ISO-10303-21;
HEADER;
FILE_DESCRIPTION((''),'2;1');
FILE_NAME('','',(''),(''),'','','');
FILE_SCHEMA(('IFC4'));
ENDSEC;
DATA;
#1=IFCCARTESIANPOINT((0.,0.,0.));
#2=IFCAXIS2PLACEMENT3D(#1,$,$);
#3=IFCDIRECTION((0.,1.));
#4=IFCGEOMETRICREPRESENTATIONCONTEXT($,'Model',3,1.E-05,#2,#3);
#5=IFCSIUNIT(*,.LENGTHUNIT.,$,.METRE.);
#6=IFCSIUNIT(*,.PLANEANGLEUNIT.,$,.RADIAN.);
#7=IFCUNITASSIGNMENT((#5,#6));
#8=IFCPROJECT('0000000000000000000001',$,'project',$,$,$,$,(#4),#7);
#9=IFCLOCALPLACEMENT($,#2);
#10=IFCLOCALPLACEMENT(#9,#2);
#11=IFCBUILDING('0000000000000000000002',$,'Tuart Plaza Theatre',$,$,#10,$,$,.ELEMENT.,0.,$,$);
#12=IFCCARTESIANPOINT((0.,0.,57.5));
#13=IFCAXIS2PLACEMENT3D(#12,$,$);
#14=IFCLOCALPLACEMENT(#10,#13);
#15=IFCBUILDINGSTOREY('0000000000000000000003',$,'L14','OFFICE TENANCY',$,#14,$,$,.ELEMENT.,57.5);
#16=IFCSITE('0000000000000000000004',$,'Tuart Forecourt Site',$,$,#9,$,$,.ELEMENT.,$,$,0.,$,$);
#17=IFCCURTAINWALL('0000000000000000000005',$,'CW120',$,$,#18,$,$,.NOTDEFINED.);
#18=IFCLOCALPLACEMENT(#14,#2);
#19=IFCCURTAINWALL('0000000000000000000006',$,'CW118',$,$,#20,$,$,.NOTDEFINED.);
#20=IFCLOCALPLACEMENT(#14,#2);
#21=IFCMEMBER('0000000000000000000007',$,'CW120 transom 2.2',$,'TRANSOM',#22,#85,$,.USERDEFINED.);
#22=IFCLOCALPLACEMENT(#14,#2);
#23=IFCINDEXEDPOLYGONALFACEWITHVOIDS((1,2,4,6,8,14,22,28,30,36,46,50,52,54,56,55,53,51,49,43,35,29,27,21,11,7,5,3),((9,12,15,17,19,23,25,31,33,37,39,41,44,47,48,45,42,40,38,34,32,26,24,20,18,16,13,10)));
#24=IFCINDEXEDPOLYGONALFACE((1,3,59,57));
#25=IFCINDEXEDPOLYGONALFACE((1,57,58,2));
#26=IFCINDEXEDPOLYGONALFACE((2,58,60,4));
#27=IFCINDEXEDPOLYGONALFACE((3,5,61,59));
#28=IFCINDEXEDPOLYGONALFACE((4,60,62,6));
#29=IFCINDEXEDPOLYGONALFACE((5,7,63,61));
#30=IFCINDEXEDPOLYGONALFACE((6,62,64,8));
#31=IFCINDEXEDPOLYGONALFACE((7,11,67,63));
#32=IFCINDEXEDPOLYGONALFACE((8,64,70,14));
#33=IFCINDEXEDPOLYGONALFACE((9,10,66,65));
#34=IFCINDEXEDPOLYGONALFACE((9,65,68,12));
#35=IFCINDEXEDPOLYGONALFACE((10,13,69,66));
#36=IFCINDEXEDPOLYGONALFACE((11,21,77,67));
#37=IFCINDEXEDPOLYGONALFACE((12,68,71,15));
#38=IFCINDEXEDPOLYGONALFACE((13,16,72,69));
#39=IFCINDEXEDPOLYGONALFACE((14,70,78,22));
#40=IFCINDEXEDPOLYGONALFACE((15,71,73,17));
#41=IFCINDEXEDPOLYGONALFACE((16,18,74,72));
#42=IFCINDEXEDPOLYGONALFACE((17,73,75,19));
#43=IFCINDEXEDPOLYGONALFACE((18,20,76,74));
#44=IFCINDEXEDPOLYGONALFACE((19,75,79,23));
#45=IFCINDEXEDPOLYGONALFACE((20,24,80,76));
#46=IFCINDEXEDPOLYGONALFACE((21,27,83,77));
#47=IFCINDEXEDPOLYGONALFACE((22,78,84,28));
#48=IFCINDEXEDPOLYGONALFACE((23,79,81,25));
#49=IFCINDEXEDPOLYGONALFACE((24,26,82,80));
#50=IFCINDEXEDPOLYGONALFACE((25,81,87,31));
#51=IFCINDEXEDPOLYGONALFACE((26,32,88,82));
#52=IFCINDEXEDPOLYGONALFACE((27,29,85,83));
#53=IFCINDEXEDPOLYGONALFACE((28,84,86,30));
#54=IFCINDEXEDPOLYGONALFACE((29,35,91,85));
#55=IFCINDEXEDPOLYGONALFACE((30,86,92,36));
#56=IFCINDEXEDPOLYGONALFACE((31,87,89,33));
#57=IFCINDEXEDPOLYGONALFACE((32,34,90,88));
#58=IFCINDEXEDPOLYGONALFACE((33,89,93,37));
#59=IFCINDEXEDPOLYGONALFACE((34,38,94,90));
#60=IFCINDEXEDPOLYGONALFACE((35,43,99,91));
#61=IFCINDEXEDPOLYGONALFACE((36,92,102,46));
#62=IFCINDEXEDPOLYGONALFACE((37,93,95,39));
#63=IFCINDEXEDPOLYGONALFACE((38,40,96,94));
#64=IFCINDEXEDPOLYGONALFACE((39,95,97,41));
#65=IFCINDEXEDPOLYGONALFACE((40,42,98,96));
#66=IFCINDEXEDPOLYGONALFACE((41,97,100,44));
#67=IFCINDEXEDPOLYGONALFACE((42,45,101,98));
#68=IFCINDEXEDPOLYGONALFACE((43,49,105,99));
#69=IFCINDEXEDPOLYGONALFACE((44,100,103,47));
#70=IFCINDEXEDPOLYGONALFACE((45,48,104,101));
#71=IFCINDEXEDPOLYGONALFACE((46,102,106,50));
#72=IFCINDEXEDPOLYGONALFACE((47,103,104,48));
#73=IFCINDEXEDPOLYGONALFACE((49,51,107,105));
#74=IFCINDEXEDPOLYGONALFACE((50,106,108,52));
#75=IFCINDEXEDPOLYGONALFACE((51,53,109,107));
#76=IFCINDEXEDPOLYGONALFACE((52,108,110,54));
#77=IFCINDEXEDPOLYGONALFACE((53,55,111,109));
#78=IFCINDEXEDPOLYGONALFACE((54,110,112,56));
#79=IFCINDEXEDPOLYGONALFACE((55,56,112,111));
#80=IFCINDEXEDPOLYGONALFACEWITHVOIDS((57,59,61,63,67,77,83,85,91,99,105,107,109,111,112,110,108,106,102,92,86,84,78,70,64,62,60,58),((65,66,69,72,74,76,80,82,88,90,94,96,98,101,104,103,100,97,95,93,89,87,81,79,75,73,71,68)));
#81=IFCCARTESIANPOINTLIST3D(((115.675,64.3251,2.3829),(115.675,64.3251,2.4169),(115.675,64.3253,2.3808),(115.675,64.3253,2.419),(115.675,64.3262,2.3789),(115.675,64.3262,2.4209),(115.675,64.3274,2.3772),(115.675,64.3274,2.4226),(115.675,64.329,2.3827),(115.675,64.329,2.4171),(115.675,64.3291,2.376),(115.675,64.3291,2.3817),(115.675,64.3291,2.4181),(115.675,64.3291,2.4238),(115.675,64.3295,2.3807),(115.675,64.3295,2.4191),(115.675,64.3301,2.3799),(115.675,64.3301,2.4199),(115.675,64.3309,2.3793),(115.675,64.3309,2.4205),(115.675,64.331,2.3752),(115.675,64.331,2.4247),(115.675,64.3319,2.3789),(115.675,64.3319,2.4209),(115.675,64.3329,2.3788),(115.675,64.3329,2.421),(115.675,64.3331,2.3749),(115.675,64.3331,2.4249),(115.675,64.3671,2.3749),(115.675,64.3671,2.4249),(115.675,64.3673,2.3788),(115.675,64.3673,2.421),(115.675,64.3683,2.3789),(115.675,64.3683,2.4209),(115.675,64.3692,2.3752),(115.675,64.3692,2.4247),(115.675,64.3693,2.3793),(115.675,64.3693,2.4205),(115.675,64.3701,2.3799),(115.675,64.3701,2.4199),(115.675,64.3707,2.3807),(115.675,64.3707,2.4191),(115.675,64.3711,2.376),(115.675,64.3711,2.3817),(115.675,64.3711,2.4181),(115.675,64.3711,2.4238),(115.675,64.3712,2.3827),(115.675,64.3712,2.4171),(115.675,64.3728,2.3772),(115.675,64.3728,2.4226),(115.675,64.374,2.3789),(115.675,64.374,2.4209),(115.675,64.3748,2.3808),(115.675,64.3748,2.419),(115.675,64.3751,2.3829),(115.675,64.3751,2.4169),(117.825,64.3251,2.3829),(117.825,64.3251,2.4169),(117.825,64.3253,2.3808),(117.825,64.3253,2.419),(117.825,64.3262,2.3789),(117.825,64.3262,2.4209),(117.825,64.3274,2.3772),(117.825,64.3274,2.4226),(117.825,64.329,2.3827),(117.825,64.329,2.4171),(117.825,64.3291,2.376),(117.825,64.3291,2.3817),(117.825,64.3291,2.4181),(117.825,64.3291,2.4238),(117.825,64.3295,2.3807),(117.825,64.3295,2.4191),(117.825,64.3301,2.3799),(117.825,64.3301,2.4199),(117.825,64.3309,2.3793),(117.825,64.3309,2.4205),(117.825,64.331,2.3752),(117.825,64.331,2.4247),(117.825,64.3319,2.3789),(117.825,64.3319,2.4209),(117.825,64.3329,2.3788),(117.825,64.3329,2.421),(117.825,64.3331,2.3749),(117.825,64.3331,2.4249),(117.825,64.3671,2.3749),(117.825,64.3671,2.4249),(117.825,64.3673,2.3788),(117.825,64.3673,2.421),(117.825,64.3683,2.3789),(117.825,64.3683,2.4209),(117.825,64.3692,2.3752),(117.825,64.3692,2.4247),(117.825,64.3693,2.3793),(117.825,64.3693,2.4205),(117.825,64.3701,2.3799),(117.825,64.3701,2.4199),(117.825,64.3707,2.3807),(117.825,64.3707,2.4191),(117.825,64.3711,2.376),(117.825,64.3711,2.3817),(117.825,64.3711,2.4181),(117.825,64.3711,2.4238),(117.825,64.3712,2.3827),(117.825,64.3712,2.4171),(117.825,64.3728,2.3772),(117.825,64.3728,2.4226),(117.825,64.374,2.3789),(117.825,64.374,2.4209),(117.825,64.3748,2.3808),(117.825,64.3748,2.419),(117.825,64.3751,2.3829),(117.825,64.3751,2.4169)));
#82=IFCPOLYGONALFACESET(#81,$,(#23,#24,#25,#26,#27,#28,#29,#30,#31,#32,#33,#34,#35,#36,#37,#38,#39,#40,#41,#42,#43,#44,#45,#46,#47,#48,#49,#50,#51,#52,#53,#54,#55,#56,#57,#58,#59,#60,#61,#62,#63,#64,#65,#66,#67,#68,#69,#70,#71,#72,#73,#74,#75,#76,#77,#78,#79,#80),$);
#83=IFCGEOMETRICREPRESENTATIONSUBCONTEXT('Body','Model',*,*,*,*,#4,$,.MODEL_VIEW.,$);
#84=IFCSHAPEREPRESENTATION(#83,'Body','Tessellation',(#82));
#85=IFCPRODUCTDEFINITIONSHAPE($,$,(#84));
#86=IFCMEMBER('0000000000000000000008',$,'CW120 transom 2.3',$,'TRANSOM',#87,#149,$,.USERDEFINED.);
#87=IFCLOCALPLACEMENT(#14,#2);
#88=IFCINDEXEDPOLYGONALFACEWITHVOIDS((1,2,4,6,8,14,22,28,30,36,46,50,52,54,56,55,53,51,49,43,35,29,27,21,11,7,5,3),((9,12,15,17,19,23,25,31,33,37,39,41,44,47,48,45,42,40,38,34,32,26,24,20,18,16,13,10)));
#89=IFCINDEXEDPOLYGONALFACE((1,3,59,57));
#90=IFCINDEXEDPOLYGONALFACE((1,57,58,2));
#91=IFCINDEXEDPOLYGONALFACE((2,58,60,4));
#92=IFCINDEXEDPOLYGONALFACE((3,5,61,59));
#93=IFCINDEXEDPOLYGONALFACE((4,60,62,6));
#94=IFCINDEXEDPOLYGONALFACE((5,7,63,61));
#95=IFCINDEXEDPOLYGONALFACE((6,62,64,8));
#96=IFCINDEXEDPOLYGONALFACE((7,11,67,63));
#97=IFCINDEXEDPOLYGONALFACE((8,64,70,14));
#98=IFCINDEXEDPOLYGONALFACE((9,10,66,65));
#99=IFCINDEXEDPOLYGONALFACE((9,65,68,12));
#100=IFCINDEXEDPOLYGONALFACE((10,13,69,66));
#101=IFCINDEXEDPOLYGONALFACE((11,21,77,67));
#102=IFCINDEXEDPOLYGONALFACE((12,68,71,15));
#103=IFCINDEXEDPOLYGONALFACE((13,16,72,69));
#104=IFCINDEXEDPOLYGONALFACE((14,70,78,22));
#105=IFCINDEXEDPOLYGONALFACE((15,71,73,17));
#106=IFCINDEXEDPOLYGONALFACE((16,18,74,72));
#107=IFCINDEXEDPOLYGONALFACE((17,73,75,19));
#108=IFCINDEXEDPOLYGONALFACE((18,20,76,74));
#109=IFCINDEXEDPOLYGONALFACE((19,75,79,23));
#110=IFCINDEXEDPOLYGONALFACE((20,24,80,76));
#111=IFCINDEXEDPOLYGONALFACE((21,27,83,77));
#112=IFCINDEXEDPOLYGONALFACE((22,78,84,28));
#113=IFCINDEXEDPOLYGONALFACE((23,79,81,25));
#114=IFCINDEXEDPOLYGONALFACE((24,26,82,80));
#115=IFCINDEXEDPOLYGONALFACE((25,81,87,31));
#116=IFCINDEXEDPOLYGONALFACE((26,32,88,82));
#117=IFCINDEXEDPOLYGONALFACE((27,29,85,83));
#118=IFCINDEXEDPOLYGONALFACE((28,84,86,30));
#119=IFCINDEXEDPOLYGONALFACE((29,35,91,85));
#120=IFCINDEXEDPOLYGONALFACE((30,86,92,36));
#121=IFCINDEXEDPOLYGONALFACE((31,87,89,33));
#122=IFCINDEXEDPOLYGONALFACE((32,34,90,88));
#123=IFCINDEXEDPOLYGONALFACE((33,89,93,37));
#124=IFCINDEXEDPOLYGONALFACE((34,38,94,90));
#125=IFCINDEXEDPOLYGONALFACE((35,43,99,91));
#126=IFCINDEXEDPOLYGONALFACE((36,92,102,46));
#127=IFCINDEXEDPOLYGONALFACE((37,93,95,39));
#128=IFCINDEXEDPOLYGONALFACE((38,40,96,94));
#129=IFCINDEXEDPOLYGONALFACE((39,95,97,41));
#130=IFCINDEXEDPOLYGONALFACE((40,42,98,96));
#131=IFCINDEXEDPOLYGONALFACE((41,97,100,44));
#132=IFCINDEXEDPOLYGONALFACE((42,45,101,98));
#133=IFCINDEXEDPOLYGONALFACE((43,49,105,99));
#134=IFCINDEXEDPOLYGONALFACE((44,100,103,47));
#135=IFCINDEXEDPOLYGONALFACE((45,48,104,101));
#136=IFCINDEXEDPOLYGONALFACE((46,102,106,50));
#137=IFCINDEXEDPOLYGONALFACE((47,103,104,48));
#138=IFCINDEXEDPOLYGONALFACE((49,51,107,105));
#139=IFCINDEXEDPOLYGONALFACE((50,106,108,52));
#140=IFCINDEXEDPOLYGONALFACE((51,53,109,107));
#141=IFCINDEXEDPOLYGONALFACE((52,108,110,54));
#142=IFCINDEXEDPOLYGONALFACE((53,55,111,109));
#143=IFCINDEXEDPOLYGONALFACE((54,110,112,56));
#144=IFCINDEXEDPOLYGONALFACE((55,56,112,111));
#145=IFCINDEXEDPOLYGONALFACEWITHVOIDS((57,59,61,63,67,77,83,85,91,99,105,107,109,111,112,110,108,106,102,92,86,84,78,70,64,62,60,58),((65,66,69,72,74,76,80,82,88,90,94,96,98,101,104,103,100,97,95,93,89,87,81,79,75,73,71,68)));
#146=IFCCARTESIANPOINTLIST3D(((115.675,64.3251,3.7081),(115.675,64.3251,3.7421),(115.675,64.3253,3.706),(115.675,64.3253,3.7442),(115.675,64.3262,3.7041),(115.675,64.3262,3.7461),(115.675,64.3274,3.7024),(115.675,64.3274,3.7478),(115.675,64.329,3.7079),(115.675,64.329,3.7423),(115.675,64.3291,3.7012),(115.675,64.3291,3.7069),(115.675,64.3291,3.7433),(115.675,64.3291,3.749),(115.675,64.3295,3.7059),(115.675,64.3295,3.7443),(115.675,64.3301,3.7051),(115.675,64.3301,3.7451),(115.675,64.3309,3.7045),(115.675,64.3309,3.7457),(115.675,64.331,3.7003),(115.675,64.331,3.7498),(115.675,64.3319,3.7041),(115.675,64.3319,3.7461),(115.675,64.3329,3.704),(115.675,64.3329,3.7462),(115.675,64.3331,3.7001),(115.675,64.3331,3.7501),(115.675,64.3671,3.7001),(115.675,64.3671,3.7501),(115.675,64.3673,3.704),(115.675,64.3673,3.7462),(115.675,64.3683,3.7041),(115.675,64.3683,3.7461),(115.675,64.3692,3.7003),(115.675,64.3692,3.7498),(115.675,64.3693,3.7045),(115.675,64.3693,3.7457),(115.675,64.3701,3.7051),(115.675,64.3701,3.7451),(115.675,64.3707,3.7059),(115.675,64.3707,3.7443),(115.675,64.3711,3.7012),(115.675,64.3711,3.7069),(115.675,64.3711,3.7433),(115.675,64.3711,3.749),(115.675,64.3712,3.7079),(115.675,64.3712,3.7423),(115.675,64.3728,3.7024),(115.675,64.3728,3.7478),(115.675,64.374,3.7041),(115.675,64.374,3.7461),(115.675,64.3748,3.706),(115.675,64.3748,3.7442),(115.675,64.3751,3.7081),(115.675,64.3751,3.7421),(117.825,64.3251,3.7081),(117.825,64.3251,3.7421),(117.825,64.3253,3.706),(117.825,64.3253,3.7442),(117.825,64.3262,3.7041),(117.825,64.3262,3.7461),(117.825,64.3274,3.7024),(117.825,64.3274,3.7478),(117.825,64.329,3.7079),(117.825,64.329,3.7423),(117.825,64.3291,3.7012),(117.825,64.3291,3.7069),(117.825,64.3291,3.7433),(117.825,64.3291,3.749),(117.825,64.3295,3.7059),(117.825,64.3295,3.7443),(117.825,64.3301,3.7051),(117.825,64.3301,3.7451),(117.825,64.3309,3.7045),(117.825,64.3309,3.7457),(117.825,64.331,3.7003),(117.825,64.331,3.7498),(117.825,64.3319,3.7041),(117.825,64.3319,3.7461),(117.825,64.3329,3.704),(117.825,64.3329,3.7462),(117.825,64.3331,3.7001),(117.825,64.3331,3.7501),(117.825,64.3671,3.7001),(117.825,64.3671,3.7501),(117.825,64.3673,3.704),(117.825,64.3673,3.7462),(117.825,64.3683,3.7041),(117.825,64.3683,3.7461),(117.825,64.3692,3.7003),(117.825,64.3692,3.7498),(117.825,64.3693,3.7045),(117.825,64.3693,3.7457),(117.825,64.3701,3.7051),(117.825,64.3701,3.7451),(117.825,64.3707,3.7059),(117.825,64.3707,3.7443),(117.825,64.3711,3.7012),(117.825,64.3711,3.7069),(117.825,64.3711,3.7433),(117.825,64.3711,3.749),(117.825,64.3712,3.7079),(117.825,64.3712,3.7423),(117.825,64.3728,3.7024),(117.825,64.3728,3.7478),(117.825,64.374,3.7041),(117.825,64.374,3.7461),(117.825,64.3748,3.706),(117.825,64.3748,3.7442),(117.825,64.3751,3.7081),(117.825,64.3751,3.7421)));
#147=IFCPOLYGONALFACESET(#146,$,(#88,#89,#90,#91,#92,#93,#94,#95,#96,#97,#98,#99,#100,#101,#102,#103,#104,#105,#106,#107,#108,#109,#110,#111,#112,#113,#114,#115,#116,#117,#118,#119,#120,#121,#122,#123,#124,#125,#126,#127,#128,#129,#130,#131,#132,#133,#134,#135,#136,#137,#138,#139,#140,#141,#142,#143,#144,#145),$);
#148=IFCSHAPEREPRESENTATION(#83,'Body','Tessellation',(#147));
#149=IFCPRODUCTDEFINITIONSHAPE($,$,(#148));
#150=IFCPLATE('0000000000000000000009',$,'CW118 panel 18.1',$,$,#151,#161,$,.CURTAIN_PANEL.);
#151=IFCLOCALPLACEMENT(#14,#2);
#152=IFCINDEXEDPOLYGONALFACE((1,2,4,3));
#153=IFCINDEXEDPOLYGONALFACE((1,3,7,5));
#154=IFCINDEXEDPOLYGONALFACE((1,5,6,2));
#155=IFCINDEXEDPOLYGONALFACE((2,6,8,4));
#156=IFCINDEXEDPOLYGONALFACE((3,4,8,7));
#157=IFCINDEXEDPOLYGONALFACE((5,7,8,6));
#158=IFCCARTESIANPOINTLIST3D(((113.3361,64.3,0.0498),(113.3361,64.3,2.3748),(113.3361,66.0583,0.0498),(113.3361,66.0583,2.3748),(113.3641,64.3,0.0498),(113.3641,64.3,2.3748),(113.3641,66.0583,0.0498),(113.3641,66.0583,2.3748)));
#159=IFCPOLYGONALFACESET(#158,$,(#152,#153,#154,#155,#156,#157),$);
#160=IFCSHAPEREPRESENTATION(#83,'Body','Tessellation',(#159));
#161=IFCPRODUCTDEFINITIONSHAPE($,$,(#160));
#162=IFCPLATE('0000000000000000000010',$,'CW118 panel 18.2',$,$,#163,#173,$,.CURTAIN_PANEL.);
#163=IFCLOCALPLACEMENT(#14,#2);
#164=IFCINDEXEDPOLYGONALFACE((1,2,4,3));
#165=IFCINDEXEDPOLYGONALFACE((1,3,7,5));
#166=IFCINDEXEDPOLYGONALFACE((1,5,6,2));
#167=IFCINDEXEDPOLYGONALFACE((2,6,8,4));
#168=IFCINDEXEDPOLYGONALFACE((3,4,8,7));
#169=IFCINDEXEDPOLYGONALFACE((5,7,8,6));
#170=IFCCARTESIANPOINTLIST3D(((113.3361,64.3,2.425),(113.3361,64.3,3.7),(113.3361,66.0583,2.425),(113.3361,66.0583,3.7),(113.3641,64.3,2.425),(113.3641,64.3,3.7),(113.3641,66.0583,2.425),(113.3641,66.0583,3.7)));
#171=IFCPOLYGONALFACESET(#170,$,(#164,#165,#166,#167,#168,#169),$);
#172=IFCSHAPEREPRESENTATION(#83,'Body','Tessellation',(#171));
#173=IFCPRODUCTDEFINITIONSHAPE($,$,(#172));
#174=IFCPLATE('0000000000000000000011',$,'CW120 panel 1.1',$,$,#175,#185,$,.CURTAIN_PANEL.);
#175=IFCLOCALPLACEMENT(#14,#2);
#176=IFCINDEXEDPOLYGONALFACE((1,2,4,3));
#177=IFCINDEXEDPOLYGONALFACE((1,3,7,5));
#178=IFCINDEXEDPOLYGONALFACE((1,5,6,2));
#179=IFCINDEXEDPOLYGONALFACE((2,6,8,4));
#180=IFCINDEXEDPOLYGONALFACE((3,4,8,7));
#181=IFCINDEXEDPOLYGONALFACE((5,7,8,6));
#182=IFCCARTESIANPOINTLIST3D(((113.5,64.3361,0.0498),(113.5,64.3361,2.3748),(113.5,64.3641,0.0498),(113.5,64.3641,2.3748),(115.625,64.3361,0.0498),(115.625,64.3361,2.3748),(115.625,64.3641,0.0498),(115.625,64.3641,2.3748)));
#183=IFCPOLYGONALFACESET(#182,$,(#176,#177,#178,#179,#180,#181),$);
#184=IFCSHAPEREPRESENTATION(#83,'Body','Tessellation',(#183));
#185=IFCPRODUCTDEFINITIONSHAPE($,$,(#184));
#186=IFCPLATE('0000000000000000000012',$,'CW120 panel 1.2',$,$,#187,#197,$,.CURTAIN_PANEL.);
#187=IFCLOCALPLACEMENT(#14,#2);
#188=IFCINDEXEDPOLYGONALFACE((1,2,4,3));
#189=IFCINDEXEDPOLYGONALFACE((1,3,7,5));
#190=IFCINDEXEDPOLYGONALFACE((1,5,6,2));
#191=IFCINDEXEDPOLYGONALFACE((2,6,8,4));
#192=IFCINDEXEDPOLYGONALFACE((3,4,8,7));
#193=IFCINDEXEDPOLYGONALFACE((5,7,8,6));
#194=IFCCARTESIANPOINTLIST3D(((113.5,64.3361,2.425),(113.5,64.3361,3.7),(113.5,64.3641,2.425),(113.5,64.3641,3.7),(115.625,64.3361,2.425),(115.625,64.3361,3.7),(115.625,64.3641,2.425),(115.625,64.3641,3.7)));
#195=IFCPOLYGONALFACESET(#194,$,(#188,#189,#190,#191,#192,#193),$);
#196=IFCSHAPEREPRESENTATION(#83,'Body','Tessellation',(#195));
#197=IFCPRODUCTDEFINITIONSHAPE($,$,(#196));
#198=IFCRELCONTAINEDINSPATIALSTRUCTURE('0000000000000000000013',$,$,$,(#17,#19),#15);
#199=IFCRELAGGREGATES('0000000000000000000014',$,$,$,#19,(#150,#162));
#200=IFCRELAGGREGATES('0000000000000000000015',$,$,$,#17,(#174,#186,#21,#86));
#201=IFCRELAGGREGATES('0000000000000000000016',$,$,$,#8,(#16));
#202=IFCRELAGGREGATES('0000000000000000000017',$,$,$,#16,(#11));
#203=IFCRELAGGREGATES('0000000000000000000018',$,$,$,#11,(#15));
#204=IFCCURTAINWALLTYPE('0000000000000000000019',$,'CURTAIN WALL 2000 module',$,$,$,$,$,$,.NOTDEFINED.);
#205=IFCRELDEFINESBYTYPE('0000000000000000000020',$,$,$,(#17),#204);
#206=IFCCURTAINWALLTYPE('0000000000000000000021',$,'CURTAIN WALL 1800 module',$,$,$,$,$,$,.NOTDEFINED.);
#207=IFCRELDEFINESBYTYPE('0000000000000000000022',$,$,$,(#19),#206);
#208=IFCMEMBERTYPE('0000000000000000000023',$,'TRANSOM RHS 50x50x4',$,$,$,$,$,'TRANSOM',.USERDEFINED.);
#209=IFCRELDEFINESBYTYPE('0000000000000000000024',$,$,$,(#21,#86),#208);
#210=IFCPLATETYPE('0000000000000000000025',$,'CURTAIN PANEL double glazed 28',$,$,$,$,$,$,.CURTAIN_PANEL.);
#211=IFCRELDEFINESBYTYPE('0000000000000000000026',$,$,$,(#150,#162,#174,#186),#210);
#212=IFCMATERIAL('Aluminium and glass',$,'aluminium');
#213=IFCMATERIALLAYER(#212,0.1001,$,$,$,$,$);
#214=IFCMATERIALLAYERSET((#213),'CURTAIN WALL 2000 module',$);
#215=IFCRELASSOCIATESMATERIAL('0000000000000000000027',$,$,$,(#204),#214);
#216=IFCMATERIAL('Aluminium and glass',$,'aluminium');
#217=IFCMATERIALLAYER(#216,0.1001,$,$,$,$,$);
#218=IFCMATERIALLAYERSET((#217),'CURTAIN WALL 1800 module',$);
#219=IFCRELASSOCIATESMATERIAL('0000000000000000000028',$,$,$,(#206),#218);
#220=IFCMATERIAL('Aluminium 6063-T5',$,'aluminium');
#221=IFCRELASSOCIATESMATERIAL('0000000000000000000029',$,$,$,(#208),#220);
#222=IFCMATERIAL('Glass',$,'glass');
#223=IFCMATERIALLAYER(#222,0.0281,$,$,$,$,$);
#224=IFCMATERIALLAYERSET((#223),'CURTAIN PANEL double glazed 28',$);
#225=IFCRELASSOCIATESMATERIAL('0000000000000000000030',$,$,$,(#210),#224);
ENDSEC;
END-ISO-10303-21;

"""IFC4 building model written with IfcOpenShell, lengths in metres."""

from ifc_helpers import new_model, si_unit, direction, frame, origin, origin_2d, place, context, subcontext, project, spatial, rectangle, hollow_rectangle, extrude, material, layer, layer_set, material_profile, profile_set, type_object, element, aggregate, save


model = new_model("IFC4")

# Units and contexts
model_context = context("Model", 3, precision=1e-05, world=origin(), true_north=direction((0.0, 1.0)))
body_context = subcontext(model_context, "Body", "Model", "MODEL_VIEW")
ifc_project = project(units=[si_unit("LENGTHUNIT", "METRE"), si_unit("PLANEANGLEUNIT", "RADIAN")], contexts=[model_context])

# Site, building, storey
site_placement = place(None, origin())
site = spatial("IfcSite", under=ifc_project, at=site_placement, Name="Tuart Forecourt Site", CompositionType="ELEMENT", RefElevation=0.0)
building_placement = place(site_placement, origin())
building = spatial("IfcBuilding", under=site, at=building_placement, Name="Tuart Plaza Theatre", CompositionType="ELEMENT", ElevationOfRefHeight=0.0)
storey_placement = place(building_placement, frame((0.0, 0.0, 57.5)))
storey = spatial("IfcBuildingStorey", under=building, at=storey_placement, Name="L14", Description="OFFICE TENANCY", CompositionType="ELEMENT", Elevation=57.5)

# Curtain wall
ifc_material_1 = material(Name="Aluminium and glass", Category="aluminium")
ifc_layer_1 = layer(ifc_material_1, 0.1001)
ifc_layer_set_1 = layer_set([ifc_layer_1], Name="CURTAIN WALL 2000 module")
curtain_wall_type_1 = type_object("IfcCurtainWallType", Name="CURTAIN WALL 2000 module", PredefinedType="NOTDEFINED", material=ifc_layer_set_1)
curtain_wall_1_placement = place(storey_placement, origin())
curtain_wall_1 = element("IfcCurtainWall", 1, at=curtain_wall_1_placement, inside=storey, type_object=curtain_wall_type_1, Name="CW120", PredefinedType="NOTDEFINED")

# Curtain wall
ifc_material_2 = material(Name="Aluminium and glass", Category="aluminium")
ifc_layer_2 = layer(ifc_material_2, 0.1001)
ifc_layer_set_2 = layer_set([ifc_layer_2], Name="CURTAIN WALL 1800 module")
curtain_wall_type_2 = type_object("IfcCurtainWallType", Name="CURTAIN WALL 1800 module", PredefinedType="NOTDEFINED", material=ifc_layer_set_2)
curtain_wall_2_placement = place(storey_placement, origin())
curtain_wall_2 = element("IfcCurtainWall", 2, at=curtain_wall_2_placement, inside=storey, type_object=curtain_wall_type_2, Name="CW118", PredefinedType="NOTDEFINED")
ifc_material_3 = material(Name="Aluminium 6063-T5", Category="aluminium")
ifc_material_profile_1 = material_profile(ifc_material_3, hollow_rectangle(XDim=0.05, YDim=0.05, WallThickness=0.0039, InnerFilletRadius=0.0039, OuterFilletRadius=0.0081, at=origin_2d()), Name="RHS 50x50x4")
ifc_profile_set_1 = profile_set([ifc_material_profile_1], Name="Aluminium 6063-T5")
member_type_1 = type_object("IfcMemberType", Name="TRANSOM RHS 50x50x4", ElementType="TRANSOM", PredefinedType="USERDEFINED", material=ifc_profile_set_1)

# Members
member_1_placement = place(storey_placement, frame((115.675, 64.3501, 2.3999), z_axis=(1.0, 0.0, 0.0), x_axis=(0.0, 1.0, 0.0)))
member_1 = element("IfcMember", 3, at=member_1_placement, type_object=member_type_1, Name="CW120 transom 2.2", ObjectType="TRANSOM", PredefinedType="USERDEFINED", context=body_context, shape_type="SweptSolid", body=[
    extrude(hollow_rectangle(XDim=0.05, YDim=0.05, WallThickness=0.0039, InnerFilletRadius=0.0039, OuterFilletRadius=0.0081, at=origin_2d()), origin(), (0.0, 0.0, 1.0), 2.1499),
])
member_2_placement = place(storey_placement, frame((115.675, 64.3501, 3.7251), z_axis=(1.0, 0.0, 0.0), x_axis=(0.0, 1.0, 0.0)))
member_2 = element("IfcMember", 4, at=member_2_placement, type_object=member_type_1, Name="CW120 transom 2.3", ObjectType="TRANSOM", PredefinedType="USERDEFINED", context=body_context, shape_type="SweptSolid", body=[
    extrude(hollow_rectangle(XDim=0.05, YDim=0.05, WallThickness=0.0039, InnerFilletRadius=0.0039, OuterFilletRadius=0.0081, at=origin_2d()), origin(), (0.0, 0.0, 1.0), 2.1499),
])

# Plates
ifc_material_4 = material(Name="Glass", Category="glass")
ifc_layer_3 = layer(ifc_material_4, 0.0281)
ifc_layer_set_3 = layer_set([ifc_layer_3], Name="CURTAIN PANEL double glazed 28")
plate_type = type_object("IfcPlateType", Name="CURTAIN PANEL double glazed 28", PredefinedType="CURTAIN_PANEL", material=ifc_layer_set_3)
plate_1_placement = place(storey_placement, frame((113.3501, 65.1792, 0.0498), z_axis=(0.0, 0.0, 1.0), x_axis=(0.0, -1.0, 0.0)))
plate_1 = element("IfcPlate", 5, at=plate_1_placement, type_object=plate_type, Name="CW118 panel 18.1", PredefinedType="CURTAIN_PANEL", context=body_context, shape_type="SweptSolid", body=[
    extrude(rectangle(XDim=1.7583, YDim=0.0281, at=origin_2d()), origin(), (0.0, 0.0, 1.0), 2.325),
])
plate_2_placement = place(storey_placement, frame((113.3501, 65.1792, 2.425), z_axis=(0.0, 0.0, 1.0), x_axis=(0.0, -1.0, 0.0)))
plate_2 = element("IfcPlate", 6, at=plate_2_placement, type_object=plate_type, Name="CW118 panel 18.2", PredefinedType="CURTAIN_PANEL", context=body_context, shape_type="SweptSolid", body=[
    extrude(rectangle(XDim=1.7583, YDim=0.0281, at=origin_2d()), origin(), (0.0, 0.0, 1.0), 1.2749),
])
aggregate(curtain_wall_2, [plate_1, plate_2])
plate_3_placement = place(storey_placement, frame((114.5625, 64.3501, 0.0498), z_axis=(0.0, 0.0, 1.0), x_axis=(1.0, 0.0, 0.0)))
plate_3 = element("IfcPlate", 7, at=plate_3_placement, type_object=plate_type, Name="CW120 panel 1.1", PredefinedType="CURTAIN_PANEL", context=body_context, shape_type="SweptSolid", body=[
    extrude(rectangle(XDim=2.125, YDim=0.0281, at=origin_2d()), origin(), (0.0, 0.0, 1.0), 2.325),
])
plate_4_placement = place(storey_placement, frame((114.5625, 64.3501, 2.425), z_axis=(0.0, 0.0, 1.0), x_axis=(1.0, 0.0, 0.0)))
plate_4 = element("IfcPlate", 8, at=plate_4_placement, type_object=plate_type, Name="CW120 panel 1.2", PredefinedType="CURTAIN_PANEL", context=body_context, shape_type="SweptSolid", body=[
    extrude(rectangle(XDim=2.125, YDim=0.0281, at=origin_2d()), origin(), (0.0, 0.0, 1.0), 1.2749),
])
aggregate(curtain_wall_1, [plate_3, plate_4, member_1, member_2])

save(model, "model.ifc")
